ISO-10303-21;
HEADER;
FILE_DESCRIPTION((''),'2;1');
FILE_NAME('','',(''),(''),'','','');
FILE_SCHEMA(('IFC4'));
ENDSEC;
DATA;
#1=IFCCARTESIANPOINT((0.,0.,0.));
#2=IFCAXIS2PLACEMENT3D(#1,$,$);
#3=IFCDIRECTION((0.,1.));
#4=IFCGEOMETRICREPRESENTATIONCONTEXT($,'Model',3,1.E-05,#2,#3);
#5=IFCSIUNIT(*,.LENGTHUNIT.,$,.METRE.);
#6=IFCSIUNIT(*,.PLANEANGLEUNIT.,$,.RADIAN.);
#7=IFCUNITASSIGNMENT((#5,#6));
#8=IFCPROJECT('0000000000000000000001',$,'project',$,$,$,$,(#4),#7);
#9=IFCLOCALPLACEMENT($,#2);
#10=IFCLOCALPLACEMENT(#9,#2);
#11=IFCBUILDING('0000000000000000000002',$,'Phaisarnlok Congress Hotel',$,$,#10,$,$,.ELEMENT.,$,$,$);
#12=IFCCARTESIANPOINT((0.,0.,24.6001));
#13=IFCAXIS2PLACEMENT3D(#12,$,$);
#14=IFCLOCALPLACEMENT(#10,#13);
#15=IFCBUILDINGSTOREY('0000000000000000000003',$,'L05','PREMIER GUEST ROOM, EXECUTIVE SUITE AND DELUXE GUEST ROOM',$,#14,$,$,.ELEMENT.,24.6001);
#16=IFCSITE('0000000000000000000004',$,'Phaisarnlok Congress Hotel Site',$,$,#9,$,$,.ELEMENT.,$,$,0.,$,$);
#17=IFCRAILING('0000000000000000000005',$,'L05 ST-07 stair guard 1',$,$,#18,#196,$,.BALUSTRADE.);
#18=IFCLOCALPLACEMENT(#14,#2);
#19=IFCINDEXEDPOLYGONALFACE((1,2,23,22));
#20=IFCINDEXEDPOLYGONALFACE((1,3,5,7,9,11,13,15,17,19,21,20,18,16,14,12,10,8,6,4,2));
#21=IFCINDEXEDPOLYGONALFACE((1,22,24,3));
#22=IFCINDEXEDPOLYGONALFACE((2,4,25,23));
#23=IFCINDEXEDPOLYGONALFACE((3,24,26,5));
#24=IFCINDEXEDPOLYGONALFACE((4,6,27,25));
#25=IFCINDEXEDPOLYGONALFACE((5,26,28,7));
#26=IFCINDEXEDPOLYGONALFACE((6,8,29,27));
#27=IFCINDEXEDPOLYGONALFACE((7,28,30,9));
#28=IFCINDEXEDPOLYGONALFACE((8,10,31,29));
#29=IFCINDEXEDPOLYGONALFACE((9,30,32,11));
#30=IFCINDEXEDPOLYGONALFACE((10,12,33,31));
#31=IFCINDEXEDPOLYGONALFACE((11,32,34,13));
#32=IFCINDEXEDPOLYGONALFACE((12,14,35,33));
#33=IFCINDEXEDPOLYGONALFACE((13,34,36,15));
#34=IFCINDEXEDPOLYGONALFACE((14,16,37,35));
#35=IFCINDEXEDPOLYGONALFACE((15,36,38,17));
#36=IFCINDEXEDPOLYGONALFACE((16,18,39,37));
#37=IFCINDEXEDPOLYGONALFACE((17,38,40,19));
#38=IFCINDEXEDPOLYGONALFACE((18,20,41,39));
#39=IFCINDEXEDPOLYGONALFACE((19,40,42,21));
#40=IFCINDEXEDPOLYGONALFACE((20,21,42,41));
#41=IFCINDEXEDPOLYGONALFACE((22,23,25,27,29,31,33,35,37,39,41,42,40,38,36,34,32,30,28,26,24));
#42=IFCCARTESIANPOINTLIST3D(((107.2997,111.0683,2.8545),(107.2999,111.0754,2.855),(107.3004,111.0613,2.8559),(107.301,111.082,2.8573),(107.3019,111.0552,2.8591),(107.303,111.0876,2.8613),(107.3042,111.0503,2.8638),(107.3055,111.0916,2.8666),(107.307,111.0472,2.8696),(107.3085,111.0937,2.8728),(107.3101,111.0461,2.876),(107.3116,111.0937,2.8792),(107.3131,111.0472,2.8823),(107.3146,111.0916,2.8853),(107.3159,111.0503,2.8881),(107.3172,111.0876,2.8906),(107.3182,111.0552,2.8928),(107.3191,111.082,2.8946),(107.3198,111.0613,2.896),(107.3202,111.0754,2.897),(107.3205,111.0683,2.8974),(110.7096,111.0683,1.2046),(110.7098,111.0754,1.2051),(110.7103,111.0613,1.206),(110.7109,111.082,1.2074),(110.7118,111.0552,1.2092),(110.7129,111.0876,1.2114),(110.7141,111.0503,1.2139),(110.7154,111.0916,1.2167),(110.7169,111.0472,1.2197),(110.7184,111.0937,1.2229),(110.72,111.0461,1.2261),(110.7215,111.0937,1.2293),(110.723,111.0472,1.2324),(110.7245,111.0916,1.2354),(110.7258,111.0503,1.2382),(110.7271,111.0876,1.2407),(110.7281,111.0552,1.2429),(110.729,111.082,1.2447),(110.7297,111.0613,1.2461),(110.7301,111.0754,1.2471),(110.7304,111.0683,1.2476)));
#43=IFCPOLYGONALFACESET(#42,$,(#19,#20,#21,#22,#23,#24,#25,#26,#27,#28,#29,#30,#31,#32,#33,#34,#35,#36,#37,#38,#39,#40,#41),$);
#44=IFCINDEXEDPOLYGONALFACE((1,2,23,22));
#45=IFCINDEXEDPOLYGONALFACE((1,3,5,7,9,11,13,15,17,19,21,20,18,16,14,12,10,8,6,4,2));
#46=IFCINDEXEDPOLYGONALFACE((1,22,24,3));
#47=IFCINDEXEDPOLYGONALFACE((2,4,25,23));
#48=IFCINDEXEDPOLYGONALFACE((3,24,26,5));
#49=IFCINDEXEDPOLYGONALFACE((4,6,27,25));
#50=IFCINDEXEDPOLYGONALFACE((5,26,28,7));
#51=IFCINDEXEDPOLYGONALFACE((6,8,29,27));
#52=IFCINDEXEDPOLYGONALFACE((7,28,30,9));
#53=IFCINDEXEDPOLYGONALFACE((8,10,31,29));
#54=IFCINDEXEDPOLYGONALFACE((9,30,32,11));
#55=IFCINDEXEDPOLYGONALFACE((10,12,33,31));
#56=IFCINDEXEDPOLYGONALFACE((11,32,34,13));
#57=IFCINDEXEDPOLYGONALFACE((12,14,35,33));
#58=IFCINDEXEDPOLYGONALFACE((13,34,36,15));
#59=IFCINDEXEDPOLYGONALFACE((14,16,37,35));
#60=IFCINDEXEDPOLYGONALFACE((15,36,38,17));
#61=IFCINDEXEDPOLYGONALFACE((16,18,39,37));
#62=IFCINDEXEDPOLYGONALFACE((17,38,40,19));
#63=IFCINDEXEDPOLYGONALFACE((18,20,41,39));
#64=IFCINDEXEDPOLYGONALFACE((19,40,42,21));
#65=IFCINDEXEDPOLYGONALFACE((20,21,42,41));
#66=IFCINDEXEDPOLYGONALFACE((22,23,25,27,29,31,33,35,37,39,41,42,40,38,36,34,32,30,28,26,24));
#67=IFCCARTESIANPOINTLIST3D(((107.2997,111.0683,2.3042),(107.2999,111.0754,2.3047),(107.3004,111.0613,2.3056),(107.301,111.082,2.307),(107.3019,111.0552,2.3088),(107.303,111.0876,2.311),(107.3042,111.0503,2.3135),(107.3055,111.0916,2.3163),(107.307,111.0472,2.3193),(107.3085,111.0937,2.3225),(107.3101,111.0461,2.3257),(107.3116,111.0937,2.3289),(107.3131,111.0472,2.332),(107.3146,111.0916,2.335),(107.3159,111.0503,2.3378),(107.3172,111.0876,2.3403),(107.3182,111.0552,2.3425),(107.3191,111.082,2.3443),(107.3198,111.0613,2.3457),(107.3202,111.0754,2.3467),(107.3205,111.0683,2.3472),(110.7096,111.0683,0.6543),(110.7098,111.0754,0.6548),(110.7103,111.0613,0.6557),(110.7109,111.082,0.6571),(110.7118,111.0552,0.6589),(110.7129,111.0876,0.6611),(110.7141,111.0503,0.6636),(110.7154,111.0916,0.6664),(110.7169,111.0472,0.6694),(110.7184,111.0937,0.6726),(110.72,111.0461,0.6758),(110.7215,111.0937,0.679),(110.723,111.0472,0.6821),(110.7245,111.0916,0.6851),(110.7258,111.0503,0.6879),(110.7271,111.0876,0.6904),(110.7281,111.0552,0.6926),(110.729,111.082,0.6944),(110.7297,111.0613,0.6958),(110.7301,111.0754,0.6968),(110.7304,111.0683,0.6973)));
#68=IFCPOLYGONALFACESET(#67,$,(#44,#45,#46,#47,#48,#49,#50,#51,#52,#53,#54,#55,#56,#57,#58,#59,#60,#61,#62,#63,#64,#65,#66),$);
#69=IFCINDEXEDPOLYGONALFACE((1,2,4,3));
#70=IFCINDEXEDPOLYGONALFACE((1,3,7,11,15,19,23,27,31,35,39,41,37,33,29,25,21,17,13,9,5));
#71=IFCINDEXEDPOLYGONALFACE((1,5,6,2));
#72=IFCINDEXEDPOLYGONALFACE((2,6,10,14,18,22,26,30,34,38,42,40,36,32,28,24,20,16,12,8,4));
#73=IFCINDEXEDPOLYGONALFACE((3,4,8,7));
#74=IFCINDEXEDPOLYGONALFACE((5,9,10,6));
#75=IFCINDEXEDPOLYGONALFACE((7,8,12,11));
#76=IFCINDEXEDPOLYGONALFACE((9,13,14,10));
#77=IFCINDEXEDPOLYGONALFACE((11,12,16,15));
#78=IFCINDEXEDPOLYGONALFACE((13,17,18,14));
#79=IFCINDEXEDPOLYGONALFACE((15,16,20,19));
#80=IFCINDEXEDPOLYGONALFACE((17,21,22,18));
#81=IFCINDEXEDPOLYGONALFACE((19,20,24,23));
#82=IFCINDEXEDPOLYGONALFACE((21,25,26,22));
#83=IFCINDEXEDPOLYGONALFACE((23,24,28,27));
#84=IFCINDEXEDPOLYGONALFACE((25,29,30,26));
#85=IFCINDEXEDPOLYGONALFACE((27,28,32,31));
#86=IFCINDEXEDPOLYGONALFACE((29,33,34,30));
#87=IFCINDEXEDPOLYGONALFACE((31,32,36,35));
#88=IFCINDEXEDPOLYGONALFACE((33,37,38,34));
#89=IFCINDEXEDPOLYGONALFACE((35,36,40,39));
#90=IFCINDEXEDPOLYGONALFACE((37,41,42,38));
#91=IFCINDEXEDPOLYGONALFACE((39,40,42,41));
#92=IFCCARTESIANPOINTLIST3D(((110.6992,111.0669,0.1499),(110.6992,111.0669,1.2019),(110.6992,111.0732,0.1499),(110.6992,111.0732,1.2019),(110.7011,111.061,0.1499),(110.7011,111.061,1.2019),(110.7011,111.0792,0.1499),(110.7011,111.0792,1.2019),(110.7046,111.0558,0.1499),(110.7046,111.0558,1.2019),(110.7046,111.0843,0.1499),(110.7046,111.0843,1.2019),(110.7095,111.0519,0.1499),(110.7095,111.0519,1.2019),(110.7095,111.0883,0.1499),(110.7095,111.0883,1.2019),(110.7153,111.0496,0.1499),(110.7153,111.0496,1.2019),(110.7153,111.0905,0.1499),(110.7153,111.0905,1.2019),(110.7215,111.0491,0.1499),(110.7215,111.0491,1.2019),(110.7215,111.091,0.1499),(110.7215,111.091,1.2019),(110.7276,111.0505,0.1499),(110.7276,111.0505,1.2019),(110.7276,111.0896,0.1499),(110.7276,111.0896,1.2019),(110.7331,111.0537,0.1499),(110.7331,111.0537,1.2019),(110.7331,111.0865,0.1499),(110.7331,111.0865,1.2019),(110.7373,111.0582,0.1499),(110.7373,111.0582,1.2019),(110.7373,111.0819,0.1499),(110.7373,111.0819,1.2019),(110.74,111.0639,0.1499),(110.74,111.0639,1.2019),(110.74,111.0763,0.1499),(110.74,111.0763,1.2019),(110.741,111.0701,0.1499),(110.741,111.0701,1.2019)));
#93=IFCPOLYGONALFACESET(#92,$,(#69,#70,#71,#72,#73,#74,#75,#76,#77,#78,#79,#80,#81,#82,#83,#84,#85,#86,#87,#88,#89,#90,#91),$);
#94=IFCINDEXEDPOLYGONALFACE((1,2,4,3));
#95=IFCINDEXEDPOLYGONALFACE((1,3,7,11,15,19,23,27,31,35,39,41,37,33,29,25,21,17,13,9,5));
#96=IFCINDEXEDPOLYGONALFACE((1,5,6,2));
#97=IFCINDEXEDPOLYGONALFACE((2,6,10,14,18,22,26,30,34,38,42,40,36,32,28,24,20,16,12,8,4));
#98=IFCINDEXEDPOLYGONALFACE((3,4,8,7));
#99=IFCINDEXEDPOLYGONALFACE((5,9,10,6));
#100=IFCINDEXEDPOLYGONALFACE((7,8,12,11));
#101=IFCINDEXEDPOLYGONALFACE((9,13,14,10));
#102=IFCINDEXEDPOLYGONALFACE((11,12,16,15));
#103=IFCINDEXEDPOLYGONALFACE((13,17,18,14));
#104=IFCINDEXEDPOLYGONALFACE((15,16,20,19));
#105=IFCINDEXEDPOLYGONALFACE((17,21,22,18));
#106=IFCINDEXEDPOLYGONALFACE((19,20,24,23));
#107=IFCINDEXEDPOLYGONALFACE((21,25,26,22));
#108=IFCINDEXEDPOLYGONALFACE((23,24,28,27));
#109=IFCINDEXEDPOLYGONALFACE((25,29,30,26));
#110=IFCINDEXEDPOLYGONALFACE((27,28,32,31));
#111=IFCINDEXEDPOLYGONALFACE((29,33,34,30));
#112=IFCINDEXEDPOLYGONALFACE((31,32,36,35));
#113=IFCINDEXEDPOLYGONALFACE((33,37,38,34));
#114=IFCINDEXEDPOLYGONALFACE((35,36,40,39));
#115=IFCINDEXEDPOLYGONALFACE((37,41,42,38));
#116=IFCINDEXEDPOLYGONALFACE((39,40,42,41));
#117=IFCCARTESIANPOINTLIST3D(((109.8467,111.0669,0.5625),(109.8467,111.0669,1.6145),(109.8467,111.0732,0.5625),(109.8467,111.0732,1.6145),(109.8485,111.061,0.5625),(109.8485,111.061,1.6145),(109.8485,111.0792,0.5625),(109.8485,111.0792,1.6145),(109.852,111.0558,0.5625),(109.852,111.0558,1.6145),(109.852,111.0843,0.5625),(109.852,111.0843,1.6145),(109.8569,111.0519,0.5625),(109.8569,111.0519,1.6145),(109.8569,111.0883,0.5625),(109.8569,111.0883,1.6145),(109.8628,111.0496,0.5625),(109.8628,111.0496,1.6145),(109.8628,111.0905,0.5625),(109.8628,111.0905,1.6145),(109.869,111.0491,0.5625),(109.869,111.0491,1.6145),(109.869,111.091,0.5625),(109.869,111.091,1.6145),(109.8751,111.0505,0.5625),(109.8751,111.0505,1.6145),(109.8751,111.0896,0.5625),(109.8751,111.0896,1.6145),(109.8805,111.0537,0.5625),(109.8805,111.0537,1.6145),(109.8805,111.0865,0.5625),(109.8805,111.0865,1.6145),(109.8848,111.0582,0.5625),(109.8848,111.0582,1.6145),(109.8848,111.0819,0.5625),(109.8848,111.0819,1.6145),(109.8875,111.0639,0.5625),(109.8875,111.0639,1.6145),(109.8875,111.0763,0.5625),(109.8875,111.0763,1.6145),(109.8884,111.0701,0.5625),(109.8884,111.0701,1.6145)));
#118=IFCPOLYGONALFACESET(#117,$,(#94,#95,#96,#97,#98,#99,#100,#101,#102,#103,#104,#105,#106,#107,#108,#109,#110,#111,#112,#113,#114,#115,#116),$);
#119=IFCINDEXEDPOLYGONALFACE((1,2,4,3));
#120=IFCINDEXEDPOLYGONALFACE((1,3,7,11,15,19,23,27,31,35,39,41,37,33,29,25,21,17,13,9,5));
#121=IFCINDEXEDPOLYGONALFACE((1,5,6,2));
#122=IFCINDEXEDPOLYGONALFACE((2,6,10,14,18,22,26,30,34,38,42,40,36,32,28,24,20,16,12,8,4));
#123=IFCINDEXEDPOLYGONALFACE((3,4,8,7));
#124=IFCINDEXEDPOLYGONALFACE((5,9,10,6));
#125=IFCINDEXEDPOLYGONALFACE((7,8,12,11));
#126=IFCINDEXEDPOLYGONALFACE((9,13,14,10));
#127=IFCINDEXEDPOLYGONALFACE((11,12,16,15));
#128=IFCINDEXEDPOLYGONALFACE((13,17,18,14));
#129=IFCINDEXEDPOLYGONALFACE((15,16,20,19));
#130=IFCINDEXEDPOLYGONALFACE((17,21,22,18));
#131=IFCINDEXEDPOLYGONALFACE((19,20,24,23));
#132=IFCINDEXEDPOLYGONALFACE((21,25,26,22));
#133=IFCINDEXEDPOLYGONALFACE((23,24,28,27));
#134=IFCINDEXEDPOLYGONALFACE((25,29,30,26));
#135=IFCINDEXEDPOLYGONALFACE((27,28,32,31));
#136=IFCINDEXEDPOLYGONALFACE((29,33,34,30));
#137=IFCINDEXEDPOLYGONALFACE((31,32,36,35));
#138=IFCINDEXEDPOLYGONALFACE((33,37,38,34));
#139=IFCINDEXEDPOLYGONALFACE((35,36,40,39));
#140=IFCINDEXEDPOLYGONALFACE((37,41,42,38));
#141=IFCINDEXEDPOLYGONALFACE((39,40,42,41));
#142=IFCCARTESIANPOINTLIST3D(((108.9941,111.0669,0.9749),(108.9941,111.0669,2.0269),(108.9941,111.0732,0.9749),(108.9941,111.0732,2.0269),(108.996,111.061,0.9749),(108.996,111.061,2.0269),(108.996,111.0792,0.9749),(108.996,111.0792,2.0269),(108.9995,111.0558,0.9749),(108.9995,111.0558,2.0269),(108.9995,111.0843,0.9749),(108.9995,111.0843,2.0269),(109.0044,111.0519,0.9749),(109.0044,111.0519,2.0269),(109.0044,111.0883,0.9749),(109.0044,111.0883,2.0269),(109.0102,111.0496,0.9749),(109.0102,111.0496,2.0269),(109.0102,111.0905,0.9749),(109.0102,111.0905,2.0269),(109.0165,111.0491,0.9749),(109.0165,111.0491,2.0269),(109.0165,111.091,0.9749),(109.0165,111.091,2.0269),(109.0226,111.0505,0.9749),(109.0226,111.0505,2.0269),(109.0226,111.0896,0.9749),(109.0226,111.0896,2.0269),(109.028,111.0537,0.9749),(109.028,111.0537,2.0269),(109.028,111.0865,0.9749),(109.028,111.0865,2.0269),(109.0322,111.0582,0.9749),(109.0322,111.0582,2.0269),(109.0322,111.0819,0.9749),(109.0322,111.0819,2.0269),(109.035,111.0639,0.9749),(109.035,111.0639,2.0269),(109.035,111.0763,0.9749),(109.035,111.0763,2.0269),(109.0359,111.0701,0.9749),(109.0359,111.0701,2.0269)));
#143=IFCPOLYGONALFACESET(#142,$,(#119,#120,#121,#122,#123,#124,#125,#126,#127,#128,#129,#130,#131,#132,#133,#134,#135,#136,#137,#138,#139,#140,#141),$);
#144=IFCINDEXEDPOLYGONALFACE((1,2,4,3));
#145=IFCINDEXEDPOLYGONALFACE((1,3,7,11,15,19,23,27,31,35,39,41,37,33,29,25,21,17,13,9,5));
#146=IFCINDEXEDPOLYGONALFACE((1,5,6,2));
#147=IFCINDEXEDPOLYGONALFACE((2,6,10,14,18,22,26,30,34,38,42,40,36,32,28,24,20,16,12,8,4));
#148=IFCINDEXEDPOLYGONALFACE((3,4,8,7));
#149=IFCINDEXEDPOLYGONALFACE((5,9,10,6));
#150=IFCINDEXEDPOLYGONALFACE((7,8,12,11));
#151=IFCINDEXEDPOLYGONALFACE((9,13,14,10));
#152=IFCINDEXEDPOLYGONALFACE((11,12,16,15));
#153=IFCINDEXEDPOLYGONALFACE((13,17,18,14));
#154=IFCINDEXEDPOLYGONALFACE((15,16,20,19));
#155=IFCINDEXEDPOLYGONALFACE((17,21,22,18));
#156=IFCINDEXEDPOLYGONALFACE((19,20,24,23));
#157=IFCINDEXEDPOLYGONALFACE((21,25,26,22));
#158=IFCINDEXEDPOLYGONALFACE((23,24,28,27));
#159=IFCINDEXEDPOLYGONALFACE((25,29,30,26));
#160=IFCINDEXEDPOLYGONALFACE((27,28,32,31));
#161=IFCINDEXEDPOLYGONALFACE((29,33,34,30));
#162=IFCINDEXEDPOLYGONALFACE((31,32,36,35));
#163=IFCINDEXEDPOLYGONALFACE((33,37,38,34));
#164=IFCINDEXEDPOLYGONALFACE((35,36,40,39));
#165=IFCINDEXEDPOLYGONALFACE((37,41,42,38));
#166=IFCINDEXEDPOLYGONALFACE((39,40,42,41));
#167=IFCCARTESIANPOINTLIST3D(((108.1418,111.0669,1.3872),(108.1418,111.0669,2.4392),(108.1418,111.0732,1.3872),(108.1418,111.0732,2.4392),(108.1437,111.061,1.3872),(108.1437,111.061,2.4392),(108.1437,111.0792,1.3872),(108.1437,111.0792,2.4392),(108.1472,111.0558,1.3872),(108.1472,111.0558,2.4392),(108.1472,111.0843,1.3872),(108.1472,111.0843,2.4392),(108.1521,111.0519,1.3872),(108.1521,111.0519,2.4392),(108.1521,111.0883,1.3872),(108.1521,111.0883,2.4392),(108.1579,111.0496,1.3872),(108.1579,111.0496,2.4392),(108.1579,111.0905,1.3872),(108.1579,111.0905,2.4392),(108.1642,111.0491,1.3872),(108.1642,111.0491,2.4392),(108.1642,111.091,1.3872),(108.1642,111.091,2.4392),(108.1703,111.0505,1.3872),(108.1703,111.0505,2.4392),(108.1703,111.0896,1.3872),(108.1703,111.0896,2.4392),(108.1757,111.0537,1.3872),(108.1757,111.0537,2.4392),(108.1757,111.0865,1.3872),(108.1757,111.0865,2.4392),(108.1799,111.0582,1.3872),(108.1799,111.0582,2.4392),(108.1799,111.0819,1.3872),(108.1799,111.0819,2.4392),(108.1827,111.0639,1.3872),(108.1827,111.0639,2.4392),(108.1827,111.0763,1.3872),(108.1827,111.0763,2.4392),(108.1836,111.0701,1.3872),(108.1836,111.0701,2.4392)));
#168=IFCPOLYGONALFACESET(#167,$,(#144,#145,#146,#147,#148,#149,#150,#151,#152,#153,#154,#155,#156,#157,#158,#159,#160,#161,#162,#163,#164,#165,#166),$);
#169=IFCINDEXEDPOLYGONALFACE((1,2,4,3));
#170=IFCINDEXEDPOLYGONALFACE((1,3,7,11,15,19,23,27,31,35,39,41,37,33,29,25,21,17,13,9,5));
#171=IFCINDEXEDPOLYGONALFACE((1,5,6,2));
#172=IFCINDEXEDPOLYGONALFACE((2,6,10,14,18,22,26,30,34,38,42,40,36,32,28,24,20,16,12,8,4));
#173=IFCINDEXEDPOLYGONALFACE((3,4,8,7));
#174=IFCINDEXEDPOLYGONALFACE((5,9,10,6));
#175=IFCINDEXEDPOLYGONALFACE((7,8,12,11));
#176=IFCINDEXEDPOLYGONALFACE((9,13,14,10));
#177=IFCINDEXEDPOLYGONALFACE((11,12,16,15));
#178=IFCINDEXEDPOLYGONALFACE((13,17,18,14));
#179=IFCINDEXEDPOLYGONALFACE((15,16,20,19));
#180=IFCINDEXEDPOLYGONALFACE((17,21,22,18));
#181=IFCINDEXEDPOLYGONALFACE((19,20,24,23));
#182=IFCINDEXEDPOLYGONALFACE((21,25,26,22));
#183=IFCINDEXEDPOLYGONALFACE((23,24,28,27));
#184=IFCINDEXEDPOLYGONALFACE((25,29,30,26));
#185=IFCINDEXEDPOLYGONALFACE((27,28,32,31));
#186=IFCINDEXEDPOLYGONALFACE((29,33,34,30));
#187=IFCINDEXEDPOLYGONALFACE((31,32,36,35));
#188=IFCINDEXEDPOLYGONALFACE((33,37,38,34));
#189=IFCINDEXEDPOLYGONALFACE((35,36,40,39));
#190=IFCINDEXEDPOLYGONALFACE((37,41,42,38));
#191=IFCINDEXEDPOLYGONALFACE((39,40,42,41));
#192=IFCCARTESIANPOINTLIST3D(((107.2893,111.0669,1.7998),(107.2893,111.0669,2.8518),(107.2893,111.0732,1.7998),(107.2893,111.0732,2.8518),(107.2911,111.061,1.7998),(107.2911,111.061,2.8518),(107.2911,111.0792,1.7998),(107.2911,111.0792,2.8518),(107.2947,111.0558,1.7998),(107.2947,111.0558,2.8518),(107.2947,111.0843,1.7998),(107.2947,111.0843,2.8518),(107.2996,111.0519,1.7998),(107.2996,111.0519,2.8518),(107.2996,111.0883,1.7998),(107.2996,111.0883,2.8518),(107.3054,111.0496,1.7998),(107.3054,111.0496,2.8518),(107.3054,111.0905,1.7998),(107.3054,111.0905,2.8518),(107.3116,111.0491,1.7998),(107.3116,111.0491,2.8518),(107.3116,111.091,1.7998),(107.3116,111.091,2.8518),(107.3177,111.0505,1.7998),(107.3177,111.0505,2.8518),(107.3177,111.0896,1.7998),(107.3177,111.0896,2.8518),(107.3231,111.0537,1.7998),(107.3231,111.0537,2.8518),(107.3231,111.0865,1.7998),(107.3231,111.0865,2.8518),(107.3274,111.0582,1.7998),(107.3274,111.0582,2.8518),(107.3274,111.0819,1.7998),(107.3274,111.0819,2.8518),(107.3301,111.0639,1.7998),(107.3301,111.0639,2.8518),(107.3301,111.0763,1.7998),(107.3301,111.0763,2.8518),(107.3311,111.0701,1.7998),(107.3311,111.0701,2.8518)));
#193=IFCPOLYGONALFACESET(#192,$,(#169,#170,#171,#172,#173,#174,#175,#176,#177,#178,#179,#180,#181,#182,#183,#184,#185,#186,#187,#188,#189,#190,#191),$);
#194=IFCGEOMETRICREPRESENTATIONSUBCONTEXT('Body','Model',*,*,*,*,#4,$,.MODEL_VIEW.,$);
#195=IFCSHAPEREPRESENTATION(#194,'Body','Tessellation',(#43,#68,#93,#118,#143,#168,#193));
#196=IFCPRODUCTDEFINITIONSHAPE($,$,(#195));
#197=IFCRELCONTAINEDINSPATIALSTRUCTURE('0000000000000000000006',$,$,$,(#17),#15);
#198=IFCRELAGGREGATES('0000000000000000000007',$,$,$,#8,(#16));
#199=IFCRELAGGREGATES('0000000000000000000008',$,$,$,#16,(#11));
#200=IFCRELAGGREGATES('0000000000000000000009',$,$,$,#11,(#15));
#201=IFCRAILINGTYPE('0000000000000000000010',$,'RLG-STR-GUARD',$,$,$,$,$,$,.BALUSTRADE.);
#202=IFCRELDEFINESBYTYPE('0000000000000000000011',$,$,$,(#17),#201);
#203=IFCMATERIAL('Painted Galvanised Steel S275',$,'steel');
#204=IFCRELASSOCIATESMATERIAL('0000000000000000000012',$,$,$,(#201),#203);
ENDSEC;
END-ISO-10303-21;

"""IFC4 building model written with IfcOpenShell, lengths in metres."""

from ifc_helpers import new_model, si_unit, direction, frame, origin, origin_2d, place, context, subcontext, project, spatial, circle, extrude, material, type_object, element, save


model = new_model("IFC4")

# Units and contexts
model_context = context("Model", 3, precision=1e-05, world=origin(), true_north=direction((0.0, 1.0)))
body_context = subcontext(model_context, "Body", "Model", "MODEL_VIEW")
ifc_project = project(units=[si_unit("LENGTHUNIT", "METRE"), si_unit("PLANEANGLEUNIT", "RADIAN")], contexts=[model_context])

# Site, building, storey
site_placement = place(None, origin())
site = spatial("IfcSite", under=ifc_project, at=site_placement, Name="Phaisarnlok Congress Hotel Site", CompositionType="ELEMENT", RefElevation=0.0)
building_placement = place(site_placement, origin())
building = spatial("IfcBuilding", under=site, at=building_placement, Name="Phaisarnlok Congress Hotel", CompositionType="ELEMENT")
storey_placement = place(building_placement, frame((0.0, 0.0, 24.6001)))
storey = spatial("IfcBuildingStorey", under=building, at=storey_placement, Name="L05", Description="PREMIER GUEST ROOM, EXECUTIVE SUITE AND DELUXE GUEST ROOM", CompositionType="ELEMENT", Elevation=24.6001)

# Railing
ifc_material_1 = material(Name="Painted Galvanised Steel S275", Category="steel")
railing_type_1 = type_object("IfcRailingType", Name="RLG-STR-GUARD", PredefinedType="BALUSTRADE", material=ifc_material_1)
railing_1_placement = place(storey_placement, frame((110.72, 111.0701, 0.1499)))
element("IfcRailing", 1, at=railing_1_placement, inside=storey, type_object=railing_type_1, Name="L05 ST-07 stair guard 1", PredefinedType="BALUSTRADE", context=body_context, shape_type="SweptSolid", body=[
    extrude(circle(Radius=0.0239, at=origin_2d()), frame((0.0, 0.0, 1.0762), z_axis=(-0.900165, 0.0, 0.435549), x_axis=(0.0, -1.0, 0.0)), (0.0, 0.0, 1.0), 3.7881),
    extrude(circle(Radius=0.0239, at=origin_2d()), frame((0.0, 0.0, 0.5259), z_axis=(-0.900165, 0.0, 0.435549), x_axis=(0.0, -1.0, 0.0)), (0.0, 0.0, 1.0), 3.7881),
    extrude(circle(Radius=0.021, at=origin_2d()), origin(), (0.0, 0.0, 1.0), 1.052),
    extrude(circle(Radius=0.021, at=origin_2d()), frame((-0.8525, 0.0, 0.4126)), (0.0, 0.0, 1.0), 1.052),
    extrude(circle(Radius=0.021, at=origin_2d()), frame((-1.7051, 0.0, 0.825)), (0.0, 0.0, 1.0), 1.052),
    extrude(circle(Radius=0.021, at=origin_2d()), frame((-2.5574, 0.0, 1.2373)), (0.0, 0.0, 1.0), 1.052),
    extrude(circle(Radius=0.021, at=origin_2d()), frame((-3.4099, 0.0, 1.6499)), (0.0, 0.0, 1.0), 1.052),
])

save(model, "model.ifc")
